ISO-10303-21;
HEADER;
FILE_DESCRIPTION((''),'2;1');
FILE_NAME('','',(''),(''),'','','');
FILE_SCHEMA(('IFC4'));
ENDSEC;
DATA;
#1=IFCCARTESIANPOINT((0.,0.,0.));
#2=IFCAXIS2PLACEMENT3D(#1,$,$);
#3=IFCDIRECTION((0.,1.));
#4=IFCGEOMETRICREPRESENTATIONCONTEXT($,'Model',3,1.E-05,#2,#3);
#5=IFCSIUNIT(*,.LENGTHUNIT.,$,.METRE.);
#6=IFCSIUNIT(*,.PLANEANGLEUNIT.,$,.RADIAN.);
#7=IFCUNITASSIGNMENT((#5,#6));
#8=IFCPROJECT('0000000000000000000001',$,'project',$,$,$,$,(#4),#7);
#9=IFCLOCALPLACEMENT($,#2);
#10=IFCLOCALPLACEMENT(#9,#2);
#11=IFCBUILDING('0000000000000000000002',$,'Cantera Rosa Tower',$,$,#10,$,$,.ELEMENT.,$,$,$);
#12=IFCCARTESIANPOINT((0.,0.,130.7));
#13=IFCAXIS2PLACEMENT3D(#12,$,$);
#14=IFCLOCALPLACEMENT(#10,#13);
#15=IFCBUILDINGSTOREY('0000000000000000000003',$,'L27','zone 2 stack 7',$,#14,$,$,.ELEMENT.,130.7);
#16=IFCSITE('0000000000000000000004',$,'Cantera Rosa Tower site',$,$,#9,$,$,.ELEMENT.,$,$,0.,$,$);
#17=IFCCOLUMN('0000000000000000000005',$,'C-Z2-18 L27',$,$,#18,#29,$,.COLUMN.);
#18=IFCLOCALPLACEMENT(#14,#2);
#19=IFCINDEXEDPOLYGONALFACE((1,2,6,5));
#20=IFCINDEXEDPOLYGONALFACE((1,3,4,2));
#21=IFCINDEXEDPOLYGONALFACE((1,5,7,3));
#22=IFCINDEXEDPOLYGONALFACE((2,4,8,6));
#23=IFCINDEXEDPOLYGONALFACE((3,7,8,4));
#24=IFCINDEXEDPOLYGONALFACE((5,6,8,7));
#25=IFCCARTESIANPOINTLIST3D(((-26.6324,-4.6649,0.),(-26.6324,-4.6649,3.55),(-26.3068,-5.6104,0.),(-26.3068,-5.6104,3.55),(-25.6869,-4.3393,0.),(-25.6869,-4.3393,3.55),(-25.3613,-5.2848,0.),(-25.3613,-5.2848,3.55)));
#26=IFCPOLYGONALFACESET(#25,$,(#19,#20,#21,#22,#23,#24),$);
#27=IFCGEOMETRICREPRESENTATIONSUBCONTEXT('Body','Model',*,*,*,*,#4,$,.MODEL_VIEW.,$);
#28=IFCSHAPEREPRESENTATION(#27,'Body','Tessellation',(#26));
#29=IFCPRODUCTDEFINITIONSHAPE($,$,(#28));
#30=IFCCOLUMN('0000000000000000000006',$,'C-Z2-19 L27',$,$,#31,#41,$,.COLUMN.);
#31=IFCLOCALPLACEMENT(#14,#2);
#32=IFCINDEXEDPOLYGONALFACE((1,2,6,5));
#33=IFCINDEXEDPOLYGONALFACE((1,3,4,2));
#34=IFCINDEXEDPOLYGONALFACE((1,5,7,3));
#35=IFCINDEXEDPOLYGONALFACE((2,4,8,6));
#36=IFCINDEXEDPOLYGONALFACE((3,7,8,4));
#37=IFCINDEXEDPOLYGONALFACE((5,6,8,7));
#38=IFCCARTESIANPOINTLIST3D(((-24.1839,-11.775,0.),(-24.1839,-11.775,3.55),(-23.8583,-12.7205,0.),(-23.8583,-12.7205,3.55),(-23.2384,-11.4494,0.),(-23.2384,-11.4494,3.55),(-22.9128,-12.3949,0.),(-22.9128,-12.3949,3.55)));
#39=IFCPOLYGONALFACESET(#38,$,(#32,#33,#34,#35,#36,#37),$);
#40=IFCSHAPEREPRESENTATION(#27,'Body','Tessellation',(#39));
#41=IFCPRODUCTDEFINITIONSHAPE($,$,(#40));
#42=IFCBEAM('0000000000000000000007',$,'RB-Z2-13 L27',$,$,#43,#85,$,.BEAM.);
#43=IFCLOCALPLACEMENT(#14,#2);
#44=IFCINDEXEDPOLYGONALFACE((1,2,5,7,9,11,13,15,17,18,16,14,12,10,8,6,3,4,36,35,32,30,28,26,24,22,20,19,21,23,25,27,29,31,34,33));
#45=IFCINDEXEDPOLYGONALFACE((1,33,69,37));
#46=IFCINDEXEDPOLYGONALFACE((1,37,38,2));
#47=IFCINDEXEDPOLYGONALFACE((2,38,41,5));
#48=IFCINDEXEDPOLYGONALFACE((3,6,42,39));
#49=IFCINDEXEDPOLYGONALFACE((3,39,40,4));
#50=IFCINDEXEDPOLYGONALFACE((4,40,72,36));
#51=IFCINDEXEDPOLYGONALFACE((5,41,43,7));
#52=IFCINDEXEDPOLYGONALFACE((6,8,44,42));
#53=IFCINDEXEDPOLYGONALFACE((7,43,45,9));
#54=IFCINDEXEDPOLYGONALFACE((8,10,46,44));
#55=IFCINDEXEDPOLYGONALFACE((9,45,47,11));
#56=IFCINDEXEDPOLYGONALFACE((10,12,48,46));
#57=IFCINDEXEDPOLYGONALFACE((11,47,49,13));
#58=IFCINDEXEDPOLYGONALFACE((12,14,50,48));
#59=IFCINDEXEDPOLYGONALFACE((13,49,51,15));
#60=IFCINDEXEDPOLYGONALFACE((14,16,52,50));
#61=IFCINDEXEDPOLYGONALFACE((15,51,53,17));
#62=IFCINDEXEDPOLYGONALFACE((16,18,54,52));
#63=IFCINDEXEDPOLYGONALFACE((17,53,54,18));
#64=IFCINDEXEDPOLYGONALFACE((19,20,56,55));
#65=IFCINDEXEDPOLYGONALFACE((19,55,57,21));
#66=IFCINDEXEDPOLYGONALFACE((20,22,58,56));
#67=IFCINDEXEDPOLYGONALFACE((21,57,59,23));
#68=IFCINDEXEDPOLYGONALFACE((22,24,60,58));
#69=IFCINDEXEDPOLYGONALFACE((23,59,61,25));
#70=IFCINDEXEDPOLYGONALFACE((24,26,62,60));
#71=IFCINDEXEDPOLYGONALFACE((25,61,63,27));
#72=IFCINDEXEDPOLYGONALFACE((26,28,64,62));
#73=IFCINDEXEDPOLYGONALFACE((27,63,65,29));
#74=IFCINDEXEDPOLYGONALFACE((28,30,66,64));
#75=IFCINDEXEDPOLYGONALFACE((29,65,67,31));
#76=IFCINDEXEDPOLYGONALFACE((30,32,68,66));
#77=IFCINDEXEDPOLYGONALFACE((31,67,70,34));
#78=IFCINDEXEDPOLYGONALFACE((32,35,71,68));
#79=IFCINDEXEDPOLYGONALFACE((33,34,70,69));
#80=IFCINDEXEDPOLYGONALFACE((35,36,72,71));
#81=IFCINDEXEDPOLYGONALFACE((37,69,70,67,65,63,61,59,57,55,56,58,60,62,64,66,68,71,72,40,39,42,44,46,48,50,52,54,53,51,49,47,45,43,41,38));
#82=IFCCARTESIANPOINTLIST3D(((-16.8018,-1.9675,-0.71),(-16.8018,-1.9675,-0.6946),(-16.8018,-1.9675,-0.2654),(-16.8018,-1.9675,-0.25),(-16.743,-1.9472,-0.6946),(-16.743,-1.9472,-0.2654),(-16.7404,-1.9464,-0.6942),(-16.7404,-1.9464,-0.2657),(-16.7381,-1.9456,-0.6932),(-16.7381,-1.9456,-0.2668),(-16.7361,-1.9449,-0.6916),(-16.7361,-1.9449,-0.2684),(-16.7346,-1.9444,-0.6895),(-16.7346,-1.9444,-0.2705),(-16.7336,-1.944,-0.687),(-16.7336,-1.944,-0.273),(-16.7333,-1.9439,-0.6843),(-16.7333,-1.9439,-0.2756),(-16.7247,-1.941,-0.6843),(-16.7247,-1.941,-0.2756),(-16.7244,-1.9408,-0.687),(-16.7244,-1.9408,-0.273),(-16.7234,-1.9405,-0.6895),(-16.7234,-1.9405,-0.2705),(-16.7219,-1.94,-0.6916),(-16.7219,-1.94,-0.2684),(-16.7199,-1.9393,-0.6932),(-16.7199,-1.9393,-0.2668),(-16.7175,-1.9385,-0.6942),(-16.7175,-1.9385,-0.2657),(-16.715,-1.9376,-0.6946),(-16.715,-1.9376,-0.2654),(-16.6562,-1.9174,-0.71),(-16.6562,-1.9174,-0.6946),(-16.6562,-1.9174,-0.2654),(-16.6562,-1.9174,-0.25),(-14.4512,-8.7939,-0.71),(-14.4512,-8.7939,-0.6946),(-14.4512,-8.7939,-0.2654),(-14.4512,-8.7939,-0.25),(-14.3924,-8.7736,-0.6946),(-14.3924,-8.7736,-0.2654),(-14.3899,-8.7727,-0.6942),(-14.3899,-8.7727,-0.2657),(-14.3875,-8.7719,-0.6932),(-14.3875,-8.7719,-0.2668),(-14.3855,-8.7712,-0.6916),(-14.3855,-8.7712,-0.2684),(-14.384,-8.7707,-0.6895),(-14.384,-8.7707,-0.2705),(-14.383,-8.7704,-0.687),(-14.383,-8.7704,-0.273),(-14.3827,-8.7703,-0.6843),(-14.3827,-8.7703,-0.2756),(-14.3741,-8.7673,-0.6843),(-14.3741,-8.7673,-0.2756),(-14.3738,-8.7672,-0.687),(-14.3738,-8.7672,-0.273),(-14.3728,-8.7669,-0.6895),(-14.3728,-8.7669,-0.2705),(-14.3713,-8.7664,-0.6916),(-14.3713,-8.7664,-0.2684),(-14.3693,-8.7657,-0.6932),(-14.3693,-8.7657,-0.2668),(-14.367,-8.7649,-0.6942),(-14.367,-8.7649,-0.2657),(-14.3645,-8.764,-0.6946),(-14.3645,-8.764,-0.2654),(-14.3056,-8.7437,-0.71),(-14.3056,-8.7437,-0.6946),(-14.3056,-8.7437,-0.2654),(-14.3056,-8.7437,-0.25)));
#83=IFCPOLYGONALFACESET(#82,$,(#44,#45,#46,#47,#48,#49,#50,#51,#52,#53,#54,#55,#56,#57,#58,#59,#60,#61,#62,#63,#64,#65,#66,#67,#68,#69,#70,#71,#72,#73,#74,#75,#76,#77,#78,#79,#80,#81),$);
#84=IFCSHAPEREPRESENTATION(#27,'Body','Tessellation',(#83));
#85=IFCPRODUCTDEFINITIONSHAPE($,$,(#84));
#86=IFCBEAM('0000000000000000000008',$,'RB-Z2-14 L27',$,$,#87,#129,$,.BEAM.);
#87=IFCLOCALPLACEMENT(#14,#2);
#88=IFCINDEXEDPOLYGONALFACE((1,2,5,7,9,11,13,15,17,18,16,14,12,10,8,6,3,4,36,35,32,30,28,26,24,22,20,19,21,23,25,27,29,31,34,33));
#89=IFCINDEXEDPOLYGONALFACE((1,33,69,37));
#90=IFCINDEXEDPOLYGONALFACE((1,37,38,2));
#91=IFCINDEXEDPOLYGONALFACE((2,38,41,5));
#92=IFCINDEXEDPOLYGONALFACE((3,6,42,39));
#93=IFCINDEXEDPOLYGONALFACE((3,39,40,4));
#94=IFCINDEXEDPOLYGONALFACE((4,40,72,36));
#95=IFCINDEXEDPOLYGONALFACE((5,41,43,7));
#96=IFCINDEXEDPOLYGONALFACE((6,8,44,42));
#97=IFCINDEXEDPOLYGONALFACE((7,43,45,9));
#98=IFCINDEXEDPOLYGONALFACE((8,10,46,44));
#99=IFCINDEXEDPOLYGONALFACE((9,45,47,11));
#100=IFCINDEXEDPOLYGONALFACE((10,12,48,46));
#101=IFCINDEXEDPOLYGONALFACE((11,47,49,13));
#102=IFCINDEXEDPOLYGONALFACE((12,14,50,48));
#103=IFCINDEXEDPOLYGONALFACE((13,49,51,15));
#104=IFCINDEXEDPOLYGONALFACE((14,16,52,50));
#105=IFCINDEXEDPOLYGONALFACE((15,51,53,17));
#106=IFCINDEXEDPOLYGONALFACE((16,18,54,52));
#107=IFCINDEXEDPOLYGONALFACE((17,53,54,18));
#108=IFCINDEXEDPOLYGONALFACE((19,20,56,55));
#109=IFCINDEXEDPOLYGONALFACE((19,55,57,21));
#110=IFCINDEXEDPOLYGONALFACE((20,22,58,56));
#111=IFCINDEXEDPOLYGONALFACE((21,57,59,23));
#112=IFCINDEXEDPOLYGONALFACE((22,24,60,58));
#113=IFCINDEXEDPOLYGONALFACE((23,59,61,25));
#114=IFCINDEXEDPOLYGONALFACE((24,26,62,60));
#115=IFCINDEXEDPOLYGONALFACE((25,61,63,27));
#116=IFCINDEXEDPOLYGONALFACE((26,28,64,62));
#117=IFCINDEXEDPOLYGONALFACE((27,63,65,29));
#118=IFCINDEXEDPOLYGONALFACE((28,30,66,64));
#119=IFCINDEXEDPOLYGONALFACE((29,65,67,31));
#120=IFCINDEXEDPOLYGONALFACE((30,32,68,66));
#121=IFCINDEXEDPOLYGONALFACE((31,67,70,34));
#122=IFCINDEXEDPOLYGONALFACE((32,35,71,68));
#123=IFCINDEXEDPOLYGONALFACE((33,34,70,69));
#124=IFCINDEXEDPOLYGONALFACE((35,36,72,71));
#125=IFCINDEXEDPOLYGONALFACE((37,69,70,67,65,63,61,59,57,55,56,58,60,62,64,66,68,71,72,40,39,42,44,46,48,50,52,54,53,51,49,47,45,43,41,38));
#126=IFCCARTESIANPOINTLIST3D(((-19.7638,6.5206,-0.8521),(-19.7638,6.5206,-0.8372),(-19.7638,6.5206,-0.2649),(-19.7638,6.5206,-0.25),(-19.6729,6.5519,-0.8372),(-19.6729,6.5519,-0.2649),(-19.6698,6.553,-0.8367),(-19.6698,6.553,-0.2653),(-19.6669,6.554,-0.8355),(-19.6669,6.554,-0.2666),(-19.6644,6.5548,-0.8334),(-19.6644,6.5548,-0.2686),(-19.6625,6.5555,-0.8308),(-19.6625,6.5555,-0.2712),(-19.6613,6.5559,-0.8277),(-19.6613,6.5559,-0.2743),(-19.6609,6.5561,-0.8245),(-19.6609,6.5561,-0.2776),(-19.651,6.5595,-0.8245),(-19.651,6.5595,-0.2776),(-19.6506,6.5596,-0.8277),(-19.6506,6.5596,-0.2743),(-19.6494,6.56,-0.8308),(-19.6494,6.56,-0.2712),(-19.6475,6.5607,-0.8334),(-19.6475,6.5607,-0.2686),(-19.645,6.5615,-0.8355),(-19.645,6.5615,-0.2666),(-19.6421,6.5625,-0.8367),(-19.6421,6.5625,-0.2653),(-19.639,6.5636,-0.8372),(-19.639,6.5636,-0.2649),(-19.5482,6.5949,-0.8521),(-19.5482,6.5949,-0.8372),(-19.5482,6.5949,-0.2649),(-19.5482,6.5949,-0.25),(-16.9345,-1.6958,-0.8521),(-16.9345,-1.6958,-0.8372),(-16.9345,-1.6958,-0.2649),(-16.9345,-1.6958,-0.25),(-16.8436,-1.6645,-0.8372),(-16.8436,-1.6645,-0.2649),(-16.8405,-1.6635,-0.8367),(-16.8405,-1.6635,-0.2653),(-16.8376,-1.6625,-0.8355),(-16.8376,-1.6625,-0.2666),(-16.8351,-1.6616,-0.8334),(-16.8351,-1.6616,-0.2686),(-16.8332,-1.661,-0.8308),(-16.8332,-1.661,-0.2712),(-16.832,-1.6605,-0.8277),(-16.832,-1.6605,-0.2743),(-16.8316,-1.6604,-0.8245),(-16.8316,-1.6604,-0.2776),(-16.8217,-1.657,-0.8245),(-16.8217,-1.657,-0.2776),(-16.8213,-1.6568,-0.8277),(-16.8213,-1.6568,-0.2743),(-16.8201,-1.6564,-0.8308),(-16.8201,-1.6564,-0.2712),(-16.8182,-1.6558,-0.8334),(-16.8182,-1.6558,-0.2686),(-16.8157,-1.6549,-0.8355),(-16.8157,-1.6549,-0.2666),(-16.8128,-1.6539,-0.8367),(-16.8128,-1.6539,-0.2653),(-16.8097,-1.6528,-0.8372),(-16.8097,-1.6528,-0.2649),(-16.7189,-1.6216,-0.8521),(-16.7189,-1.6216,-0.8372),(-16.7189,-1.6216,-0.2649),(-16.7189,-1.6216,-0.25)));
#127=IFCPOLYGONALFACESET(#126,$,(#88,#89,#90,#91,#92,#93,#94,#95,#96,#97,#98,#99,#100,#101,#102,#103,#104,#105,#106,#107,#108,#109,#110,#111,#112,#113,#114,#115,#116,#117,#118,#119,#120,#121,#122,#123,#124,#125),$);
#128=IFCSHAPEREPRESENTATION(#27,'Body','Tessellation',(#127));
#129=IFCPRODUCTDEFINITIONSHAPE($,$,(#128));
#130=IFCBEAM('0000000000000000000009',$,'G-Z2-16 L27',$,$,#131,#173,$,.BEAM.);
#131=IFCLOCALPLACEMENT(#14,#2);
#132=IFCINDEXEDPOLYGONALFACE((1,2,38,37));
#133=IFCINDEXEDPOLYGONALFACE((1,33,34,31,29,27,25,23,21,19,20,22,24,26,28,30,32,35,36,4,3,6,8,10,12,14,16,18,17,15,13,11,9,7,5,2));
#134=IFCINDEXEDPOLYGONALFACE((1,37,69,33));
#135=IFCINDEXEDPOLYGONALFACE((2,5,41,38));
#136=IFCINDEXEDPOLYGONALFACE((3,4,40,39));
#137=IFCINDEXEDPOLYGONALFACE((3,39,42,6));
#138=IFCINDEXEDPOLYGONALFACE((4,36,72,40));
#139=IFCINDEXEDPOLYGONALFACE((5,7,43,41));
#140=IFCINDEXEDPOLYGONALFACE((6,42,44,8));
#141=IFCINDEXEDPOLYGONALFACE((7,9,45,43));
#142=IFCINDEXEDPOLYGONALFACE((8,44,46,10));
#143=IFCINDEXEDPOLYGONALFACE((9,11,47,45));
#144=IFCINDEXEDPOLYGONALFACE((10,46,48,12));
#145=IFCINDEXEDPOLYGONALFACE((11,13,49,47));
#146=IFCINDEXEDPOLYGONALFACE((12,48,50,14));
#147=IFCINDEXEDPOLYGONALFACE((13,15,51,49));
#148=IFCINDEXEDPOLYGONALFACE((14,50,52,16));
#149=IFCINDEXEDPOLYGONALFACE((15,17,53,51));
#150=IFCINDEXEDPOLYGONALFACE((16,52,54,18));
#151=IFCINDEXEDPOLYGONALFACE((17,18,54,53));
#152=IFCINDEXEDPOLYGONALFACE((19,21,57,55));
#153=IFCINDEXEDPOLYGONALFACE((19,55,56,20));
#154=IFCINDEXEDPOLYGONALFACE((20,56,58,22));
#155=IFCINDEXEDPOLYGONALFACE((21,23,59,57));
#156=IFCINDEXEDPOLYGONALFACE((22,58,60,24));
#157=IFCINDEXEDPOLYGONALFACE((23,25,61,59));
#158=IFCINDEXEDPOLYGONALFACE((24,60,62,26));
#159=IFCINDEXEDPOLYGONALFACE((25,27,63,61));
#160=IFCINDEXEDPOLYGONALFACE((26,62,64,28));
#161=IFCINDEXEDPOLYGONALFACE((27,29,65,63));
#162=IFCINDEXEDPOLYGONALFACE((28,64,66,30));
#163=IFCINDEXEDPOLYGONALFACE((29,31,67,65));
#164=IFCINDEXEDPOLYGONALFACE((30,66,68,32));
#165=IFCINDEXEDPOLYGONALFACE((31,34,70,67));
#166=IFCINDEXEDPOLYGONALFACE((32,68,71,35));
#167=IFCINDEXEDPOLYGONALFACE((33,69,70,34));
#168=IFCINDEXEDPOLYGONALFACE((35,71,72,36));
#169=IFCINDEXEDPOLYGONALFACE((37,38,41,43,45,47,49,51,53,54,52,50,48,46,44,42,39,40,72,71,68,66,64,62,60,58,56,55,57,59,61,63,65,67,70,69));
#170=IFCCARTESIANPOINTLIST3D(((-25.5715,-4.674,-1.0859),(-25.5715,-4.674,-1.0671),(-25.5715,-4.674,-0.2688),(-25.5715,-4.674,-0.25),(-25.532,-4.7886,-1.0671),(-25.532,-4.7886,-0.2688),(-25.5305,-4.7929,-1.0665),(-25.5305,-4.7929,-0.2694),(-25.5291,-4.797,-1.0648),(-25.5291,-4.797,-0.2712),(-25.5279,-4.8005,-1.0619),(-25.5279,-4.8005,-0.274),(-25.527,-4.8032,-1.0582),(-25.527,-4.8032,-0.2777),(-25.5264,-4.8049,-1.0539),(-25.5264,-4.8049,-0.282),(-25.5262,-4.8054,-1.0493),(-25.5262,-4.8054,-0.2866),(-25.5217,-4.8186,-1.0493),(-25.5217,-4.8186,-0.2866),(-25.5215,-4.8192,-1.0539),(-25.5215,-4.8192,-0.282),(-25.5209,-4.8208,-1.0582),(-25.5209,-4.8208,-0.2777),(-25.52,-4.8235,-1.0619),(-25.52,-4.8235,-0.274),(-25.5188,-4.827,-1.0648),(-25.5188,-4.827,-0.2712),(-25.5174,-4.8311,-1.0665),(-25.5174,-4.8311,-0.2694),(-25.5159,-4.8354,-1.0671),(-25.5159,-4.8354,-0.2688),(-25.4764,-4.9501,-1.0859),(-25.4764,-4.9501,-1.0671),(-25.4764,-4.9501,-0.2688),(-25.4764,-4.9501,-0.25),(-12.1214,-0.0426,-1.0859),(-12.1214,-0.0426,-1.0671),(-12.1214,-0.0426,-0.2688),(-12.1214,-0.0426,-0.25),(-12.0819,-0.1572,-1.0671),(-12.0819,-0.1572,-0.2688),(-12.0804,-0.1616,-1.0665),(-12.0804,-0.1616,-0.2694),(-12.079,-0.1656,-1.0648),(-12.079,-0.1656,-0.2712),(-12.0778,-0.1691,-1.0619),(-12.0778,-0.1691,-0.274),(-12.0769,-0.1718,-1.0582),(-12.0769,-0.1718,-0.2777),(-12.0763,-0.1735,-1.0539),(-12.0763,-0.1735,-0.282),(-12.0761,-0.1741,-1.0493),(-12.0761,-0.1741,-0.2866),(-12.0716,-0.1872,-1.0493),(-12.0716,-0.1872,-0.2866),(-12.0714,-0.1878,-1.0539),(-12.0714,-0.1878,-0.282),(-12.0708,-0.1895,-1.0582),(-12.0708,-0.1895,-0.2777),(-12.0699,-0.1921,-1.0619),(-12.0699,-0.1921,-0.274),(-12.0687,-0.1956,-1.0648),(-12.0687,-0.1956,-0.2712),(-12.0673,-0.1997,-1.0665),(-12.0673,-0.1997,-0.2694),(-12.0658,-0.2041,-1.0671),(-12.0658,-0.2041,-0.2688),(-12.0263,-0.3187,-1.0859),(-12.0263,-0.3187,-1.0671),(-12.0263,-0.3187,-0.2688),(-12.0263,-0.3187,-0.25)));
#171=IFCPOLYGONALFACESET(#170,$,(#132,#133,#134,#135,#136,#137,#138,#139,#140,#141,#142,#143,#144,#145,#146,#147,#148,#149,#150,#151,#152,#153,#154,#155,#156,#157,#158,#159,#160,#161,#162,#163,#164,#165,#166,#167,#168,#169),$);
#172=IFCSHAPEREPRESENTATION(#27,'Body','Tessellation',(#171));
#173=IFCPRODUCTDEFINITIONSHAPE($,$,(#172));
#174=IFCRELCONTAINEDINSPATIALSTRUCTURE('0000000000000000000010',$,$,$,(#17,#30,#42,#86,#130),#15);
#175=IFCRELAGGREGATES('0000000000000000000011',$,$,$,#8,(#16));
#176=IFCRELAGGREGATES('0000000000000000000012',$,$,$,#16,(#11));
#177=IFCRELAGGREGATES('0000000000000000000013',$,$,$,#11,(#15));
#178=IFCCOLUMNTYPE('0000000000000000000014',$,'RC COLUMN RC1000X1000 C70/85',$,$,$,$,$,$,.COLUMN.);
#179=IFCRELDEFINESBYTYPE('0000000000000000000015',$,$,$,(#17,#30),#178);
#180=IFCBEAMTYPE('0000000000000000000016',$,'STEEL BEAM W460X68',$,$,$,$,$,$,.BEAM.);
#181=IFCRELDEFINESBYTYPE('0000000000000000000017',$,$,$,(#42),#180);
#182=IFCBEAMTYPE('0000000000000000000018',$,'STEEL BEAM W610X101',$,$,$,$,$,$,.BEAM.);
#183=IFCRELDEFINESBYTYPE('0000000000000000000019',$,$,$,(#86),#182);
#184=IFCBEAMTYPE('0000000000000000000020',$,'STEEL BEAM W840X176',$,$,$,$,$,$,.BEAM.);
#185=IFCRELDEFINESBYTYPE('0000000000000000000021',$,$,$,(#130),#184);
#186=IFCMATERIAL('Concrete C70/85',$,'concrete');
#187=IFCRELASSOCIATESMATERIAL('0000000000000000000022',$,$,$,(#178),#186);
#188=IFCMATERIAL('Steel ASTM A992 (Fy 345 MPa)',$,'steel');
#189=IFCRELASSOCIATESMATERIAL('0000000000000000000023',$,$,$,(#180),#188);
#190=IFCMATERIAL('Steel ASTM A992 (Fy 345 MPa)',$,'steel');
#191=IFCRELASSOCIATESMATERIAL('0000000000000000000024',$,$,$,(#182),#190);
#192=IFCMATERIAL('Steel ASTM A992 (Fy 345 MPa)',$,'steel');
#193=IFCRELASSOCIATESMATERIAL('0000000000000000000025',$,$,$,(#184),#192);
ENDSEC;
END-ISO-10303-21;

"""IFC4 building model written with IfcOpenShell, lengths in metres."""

from ifc_helpers import new_model, si_unit, direction, frame, origin, origin_2d, place, context, subcontext, project, spatial, rectangle, i_section, extrude, material, material_profile, profile_set, type_object, element, save


model = new_model("IFC4")

# Units and contexts
model_context = context("Model", 3, precision=1e-05, world=origin(), true_north=direction((0.0, 1.0)))
body_context = subcontext(model_context, "Body", "Model", "MODEL_VIEW")
ifc_project = project(units=[si_unit("LENGTHUNIT", "METRE"), si_unit("PLANEANGLEUNIT", "RADIAN")], contexts=[model_context])

# Site, building, storey
site_placement = place(None, origin())
site = spatial("IfcSite", under=ifc_project, at=site_placement, Name="Cantera Rosa Tower site", CompositionType="ELEMENT", RefElevation=0.0)
building_placement = place(site_placement, origin())
building = spatial("IfcBuilding", under=site, at=building_placement, Name="Cantera Rosa Tower", CompositionType="ELEMENT")
storey_placement = place(building_placement, frame((0.0, 0.0, 130.7)))
storey = spatial("IfcBuildingStorey", under=building, at=storey_placement, Name="L27", Description="zone 2 stack 7", CompositionType="ELEMENT", Elevation=130.7)

# Columns
ifc_material_1 = material(Name="Concrete C70/85", Category="concrete")
ifc_material_profile_1 = material_profile(ifc_material_1, rectangle(XDim=1.0, YDim=1.0, at=origin_2d()), Name="RC COLUMN RC1000X1000 C70/85")
ifc_profile_set_1 = profile_set([ifc_material_profile_1], Name="Concrete C70/85")
column_type = type_object("IfcColumnType", Name="RC COLUMN RC1000X1000 C70/85", PredefinedType="COLUMN", material=ifc_profile_set_1)
for number, where, z_axis, x_axis, name in (
    (1, (-25.9968, -4.9749, 0.0), (0.0, 0.0, 1.0), (0.945519, 0.325568, 0.0), "C-Z2-18 L27"),
    (2, (-23.5483, -12.085, 0.0), (0.0, 0.0, 1.0), (0.945519, 0.325568, 0.0), "C-Z2-19 L27"),
):
    element("IfcColumn", number, at=place(storey_placement, frame(where, z_axis=z_axis, x_axis=x_axis)), inside=storey, type_object=column_type, Name=name, PredefinedType="COLUMN", context=body_context, shape_type="SweptSolid", body=[
        extrude(rectangle(XDim=1.0, YDim=1.0, at=origin_2d()), origin(), (0.0, 0.0, 1.0), 3.55),
    ])

# Beams
ifc_material_2 = material(Name="Steel ASTM A992 (Fy 345 MPa)", Category="steel")
ifc_material_profile_2 = material_profile(ifc_material_2, i_section(OverallWidth=0.1541, OverallDepth=0.46, WebThickness=0.009, FlangeThickness=0.0154, FilletRadius=0.0103, at=origin_2d()), Name="W460X68")
ifc_profile_set_2 = profile_set([ifc_material_profile_2], Name="Steel ASTM A992 (Fy 345 MPa)")
beam_type_1 = type_object("IfcBeamType", Name="STEEL BEAM W460X68", PredefinedType="BEAM", material=ifc_profile_set_2)
beam_1_placement = place(storey_placement, frame((-14.3784, -8.7688, -0.48), z_axis=(-0.325576, 0.945516, 0.0), x_axis=(-0.945516, -0.325576, 0.0)))
element("IfcBeam", 3, at=beam_1_placement, inside=storey, type_object=beam_type_1, Name="RB-Z2-13 L27", PredefinedType="BEAM", context=body_context, shape_type="SweptSolid", body=[
    extrude(i_section(OverallWidth=0.1541, OverallDepth=0.46, WebThickness=0.009, FlangeThickness=0.0154, FilletRadius=0.0103, at=origin_2d()), origin(), (0.0, 0.0, 1.0), 7.2197),
])
ifc_material_3 = material(Name="Steel ASTM A992 (Fy 345 MPa)", Category="steel")
ifc_material_profile_3 = material_profile(ifc_material_3, i_section(OverallWidth=0.228, OverallDepth=0.6021, WebThickness=0.0105, FlangeThickness=0.0149, FilletRadius=0.0127, at=origin_2d()), Name="W610X101")
ifc_profile_set_3 = profile_set([ifc_material_profile_3], Name="Steel ASTM A992 (Fy 345 MPa)")
beam_type_2 = type_object("IfcBeamType", Name="STEEL BEAM W610X101", PredefinedType="BEAM", material=ifc_profile_set_3)
beam_2_placement = place(storey_placement, frame((-16.8267, -1.6587, -0.551), z_axis=(-0.325585, 0.945513, 0.0), x_axis=(-0.945513, -0.325585, 0.0)))
element("IfcBeam", 4, at=beam_2_placement, inside=storey, type_object=beam_type_2, Name="RB-Z2-14 L27", PredefinedType="BEAM", context=body_context, shape_type="SweptSolid", body=[
    extrude(i_section(OverallWidth=0.228, OverallDepth=0.6021, WebThickness=0.0105, FlangeThickness=0.0149, FilletRadius=0.0127, at=origin_2d()), origin(), (0.0, 0.0, 1.0), 8.6899),
])
ifc_material_4 = material(Name="Steel ASTM A992 (Fy 345 MPa)", Category="steel")
ifc_material_profile_4 = material_profile(ifc_material_4, i_section(OverallWidth=0.292, OverallDepth=0.8359, WebThickness=0.0139, FlangeThickness=0.0188, FilletRadius=0.0178, at=origin_2d()), Name="W840X176")
ifc_profile_set_4 = profile_set([ifc_material_profile_4], Name="Steel ASTM A992 (Fy 345 MPa)")
beam_type_3 = type_object("IfcBeamType", Name="STEEL BEAM W840X176", PredefinedType="BEAM", material=ifc_profile_set_4)
beam_3_placement = place(storey_placement, frame((-25.5239, -4.812, -0.668), z_axis=(0.945515, 0.325578, 0.0), x_axis=(-0.325578, 0.945515, 0.0)))
element("IfcBeam", 5, at=beam_3_placement, inside=storey, type_object=beam_type_3, Name="G-Z2-16 L27", PredefinedType="BEAM", context=body_context, shape_type="SweptSolid", body=[
    extrude(i_section(OverallWidth=0.292, OverallDepth=0.8359, WebThickness=0.0139, FlangeThickness=0.0188, FilletRadius=0.0178, at=origin_2d()), origin(), (0.0, 0.0, 1.0), 14.2251),
])

save(model, "model.ifc")
